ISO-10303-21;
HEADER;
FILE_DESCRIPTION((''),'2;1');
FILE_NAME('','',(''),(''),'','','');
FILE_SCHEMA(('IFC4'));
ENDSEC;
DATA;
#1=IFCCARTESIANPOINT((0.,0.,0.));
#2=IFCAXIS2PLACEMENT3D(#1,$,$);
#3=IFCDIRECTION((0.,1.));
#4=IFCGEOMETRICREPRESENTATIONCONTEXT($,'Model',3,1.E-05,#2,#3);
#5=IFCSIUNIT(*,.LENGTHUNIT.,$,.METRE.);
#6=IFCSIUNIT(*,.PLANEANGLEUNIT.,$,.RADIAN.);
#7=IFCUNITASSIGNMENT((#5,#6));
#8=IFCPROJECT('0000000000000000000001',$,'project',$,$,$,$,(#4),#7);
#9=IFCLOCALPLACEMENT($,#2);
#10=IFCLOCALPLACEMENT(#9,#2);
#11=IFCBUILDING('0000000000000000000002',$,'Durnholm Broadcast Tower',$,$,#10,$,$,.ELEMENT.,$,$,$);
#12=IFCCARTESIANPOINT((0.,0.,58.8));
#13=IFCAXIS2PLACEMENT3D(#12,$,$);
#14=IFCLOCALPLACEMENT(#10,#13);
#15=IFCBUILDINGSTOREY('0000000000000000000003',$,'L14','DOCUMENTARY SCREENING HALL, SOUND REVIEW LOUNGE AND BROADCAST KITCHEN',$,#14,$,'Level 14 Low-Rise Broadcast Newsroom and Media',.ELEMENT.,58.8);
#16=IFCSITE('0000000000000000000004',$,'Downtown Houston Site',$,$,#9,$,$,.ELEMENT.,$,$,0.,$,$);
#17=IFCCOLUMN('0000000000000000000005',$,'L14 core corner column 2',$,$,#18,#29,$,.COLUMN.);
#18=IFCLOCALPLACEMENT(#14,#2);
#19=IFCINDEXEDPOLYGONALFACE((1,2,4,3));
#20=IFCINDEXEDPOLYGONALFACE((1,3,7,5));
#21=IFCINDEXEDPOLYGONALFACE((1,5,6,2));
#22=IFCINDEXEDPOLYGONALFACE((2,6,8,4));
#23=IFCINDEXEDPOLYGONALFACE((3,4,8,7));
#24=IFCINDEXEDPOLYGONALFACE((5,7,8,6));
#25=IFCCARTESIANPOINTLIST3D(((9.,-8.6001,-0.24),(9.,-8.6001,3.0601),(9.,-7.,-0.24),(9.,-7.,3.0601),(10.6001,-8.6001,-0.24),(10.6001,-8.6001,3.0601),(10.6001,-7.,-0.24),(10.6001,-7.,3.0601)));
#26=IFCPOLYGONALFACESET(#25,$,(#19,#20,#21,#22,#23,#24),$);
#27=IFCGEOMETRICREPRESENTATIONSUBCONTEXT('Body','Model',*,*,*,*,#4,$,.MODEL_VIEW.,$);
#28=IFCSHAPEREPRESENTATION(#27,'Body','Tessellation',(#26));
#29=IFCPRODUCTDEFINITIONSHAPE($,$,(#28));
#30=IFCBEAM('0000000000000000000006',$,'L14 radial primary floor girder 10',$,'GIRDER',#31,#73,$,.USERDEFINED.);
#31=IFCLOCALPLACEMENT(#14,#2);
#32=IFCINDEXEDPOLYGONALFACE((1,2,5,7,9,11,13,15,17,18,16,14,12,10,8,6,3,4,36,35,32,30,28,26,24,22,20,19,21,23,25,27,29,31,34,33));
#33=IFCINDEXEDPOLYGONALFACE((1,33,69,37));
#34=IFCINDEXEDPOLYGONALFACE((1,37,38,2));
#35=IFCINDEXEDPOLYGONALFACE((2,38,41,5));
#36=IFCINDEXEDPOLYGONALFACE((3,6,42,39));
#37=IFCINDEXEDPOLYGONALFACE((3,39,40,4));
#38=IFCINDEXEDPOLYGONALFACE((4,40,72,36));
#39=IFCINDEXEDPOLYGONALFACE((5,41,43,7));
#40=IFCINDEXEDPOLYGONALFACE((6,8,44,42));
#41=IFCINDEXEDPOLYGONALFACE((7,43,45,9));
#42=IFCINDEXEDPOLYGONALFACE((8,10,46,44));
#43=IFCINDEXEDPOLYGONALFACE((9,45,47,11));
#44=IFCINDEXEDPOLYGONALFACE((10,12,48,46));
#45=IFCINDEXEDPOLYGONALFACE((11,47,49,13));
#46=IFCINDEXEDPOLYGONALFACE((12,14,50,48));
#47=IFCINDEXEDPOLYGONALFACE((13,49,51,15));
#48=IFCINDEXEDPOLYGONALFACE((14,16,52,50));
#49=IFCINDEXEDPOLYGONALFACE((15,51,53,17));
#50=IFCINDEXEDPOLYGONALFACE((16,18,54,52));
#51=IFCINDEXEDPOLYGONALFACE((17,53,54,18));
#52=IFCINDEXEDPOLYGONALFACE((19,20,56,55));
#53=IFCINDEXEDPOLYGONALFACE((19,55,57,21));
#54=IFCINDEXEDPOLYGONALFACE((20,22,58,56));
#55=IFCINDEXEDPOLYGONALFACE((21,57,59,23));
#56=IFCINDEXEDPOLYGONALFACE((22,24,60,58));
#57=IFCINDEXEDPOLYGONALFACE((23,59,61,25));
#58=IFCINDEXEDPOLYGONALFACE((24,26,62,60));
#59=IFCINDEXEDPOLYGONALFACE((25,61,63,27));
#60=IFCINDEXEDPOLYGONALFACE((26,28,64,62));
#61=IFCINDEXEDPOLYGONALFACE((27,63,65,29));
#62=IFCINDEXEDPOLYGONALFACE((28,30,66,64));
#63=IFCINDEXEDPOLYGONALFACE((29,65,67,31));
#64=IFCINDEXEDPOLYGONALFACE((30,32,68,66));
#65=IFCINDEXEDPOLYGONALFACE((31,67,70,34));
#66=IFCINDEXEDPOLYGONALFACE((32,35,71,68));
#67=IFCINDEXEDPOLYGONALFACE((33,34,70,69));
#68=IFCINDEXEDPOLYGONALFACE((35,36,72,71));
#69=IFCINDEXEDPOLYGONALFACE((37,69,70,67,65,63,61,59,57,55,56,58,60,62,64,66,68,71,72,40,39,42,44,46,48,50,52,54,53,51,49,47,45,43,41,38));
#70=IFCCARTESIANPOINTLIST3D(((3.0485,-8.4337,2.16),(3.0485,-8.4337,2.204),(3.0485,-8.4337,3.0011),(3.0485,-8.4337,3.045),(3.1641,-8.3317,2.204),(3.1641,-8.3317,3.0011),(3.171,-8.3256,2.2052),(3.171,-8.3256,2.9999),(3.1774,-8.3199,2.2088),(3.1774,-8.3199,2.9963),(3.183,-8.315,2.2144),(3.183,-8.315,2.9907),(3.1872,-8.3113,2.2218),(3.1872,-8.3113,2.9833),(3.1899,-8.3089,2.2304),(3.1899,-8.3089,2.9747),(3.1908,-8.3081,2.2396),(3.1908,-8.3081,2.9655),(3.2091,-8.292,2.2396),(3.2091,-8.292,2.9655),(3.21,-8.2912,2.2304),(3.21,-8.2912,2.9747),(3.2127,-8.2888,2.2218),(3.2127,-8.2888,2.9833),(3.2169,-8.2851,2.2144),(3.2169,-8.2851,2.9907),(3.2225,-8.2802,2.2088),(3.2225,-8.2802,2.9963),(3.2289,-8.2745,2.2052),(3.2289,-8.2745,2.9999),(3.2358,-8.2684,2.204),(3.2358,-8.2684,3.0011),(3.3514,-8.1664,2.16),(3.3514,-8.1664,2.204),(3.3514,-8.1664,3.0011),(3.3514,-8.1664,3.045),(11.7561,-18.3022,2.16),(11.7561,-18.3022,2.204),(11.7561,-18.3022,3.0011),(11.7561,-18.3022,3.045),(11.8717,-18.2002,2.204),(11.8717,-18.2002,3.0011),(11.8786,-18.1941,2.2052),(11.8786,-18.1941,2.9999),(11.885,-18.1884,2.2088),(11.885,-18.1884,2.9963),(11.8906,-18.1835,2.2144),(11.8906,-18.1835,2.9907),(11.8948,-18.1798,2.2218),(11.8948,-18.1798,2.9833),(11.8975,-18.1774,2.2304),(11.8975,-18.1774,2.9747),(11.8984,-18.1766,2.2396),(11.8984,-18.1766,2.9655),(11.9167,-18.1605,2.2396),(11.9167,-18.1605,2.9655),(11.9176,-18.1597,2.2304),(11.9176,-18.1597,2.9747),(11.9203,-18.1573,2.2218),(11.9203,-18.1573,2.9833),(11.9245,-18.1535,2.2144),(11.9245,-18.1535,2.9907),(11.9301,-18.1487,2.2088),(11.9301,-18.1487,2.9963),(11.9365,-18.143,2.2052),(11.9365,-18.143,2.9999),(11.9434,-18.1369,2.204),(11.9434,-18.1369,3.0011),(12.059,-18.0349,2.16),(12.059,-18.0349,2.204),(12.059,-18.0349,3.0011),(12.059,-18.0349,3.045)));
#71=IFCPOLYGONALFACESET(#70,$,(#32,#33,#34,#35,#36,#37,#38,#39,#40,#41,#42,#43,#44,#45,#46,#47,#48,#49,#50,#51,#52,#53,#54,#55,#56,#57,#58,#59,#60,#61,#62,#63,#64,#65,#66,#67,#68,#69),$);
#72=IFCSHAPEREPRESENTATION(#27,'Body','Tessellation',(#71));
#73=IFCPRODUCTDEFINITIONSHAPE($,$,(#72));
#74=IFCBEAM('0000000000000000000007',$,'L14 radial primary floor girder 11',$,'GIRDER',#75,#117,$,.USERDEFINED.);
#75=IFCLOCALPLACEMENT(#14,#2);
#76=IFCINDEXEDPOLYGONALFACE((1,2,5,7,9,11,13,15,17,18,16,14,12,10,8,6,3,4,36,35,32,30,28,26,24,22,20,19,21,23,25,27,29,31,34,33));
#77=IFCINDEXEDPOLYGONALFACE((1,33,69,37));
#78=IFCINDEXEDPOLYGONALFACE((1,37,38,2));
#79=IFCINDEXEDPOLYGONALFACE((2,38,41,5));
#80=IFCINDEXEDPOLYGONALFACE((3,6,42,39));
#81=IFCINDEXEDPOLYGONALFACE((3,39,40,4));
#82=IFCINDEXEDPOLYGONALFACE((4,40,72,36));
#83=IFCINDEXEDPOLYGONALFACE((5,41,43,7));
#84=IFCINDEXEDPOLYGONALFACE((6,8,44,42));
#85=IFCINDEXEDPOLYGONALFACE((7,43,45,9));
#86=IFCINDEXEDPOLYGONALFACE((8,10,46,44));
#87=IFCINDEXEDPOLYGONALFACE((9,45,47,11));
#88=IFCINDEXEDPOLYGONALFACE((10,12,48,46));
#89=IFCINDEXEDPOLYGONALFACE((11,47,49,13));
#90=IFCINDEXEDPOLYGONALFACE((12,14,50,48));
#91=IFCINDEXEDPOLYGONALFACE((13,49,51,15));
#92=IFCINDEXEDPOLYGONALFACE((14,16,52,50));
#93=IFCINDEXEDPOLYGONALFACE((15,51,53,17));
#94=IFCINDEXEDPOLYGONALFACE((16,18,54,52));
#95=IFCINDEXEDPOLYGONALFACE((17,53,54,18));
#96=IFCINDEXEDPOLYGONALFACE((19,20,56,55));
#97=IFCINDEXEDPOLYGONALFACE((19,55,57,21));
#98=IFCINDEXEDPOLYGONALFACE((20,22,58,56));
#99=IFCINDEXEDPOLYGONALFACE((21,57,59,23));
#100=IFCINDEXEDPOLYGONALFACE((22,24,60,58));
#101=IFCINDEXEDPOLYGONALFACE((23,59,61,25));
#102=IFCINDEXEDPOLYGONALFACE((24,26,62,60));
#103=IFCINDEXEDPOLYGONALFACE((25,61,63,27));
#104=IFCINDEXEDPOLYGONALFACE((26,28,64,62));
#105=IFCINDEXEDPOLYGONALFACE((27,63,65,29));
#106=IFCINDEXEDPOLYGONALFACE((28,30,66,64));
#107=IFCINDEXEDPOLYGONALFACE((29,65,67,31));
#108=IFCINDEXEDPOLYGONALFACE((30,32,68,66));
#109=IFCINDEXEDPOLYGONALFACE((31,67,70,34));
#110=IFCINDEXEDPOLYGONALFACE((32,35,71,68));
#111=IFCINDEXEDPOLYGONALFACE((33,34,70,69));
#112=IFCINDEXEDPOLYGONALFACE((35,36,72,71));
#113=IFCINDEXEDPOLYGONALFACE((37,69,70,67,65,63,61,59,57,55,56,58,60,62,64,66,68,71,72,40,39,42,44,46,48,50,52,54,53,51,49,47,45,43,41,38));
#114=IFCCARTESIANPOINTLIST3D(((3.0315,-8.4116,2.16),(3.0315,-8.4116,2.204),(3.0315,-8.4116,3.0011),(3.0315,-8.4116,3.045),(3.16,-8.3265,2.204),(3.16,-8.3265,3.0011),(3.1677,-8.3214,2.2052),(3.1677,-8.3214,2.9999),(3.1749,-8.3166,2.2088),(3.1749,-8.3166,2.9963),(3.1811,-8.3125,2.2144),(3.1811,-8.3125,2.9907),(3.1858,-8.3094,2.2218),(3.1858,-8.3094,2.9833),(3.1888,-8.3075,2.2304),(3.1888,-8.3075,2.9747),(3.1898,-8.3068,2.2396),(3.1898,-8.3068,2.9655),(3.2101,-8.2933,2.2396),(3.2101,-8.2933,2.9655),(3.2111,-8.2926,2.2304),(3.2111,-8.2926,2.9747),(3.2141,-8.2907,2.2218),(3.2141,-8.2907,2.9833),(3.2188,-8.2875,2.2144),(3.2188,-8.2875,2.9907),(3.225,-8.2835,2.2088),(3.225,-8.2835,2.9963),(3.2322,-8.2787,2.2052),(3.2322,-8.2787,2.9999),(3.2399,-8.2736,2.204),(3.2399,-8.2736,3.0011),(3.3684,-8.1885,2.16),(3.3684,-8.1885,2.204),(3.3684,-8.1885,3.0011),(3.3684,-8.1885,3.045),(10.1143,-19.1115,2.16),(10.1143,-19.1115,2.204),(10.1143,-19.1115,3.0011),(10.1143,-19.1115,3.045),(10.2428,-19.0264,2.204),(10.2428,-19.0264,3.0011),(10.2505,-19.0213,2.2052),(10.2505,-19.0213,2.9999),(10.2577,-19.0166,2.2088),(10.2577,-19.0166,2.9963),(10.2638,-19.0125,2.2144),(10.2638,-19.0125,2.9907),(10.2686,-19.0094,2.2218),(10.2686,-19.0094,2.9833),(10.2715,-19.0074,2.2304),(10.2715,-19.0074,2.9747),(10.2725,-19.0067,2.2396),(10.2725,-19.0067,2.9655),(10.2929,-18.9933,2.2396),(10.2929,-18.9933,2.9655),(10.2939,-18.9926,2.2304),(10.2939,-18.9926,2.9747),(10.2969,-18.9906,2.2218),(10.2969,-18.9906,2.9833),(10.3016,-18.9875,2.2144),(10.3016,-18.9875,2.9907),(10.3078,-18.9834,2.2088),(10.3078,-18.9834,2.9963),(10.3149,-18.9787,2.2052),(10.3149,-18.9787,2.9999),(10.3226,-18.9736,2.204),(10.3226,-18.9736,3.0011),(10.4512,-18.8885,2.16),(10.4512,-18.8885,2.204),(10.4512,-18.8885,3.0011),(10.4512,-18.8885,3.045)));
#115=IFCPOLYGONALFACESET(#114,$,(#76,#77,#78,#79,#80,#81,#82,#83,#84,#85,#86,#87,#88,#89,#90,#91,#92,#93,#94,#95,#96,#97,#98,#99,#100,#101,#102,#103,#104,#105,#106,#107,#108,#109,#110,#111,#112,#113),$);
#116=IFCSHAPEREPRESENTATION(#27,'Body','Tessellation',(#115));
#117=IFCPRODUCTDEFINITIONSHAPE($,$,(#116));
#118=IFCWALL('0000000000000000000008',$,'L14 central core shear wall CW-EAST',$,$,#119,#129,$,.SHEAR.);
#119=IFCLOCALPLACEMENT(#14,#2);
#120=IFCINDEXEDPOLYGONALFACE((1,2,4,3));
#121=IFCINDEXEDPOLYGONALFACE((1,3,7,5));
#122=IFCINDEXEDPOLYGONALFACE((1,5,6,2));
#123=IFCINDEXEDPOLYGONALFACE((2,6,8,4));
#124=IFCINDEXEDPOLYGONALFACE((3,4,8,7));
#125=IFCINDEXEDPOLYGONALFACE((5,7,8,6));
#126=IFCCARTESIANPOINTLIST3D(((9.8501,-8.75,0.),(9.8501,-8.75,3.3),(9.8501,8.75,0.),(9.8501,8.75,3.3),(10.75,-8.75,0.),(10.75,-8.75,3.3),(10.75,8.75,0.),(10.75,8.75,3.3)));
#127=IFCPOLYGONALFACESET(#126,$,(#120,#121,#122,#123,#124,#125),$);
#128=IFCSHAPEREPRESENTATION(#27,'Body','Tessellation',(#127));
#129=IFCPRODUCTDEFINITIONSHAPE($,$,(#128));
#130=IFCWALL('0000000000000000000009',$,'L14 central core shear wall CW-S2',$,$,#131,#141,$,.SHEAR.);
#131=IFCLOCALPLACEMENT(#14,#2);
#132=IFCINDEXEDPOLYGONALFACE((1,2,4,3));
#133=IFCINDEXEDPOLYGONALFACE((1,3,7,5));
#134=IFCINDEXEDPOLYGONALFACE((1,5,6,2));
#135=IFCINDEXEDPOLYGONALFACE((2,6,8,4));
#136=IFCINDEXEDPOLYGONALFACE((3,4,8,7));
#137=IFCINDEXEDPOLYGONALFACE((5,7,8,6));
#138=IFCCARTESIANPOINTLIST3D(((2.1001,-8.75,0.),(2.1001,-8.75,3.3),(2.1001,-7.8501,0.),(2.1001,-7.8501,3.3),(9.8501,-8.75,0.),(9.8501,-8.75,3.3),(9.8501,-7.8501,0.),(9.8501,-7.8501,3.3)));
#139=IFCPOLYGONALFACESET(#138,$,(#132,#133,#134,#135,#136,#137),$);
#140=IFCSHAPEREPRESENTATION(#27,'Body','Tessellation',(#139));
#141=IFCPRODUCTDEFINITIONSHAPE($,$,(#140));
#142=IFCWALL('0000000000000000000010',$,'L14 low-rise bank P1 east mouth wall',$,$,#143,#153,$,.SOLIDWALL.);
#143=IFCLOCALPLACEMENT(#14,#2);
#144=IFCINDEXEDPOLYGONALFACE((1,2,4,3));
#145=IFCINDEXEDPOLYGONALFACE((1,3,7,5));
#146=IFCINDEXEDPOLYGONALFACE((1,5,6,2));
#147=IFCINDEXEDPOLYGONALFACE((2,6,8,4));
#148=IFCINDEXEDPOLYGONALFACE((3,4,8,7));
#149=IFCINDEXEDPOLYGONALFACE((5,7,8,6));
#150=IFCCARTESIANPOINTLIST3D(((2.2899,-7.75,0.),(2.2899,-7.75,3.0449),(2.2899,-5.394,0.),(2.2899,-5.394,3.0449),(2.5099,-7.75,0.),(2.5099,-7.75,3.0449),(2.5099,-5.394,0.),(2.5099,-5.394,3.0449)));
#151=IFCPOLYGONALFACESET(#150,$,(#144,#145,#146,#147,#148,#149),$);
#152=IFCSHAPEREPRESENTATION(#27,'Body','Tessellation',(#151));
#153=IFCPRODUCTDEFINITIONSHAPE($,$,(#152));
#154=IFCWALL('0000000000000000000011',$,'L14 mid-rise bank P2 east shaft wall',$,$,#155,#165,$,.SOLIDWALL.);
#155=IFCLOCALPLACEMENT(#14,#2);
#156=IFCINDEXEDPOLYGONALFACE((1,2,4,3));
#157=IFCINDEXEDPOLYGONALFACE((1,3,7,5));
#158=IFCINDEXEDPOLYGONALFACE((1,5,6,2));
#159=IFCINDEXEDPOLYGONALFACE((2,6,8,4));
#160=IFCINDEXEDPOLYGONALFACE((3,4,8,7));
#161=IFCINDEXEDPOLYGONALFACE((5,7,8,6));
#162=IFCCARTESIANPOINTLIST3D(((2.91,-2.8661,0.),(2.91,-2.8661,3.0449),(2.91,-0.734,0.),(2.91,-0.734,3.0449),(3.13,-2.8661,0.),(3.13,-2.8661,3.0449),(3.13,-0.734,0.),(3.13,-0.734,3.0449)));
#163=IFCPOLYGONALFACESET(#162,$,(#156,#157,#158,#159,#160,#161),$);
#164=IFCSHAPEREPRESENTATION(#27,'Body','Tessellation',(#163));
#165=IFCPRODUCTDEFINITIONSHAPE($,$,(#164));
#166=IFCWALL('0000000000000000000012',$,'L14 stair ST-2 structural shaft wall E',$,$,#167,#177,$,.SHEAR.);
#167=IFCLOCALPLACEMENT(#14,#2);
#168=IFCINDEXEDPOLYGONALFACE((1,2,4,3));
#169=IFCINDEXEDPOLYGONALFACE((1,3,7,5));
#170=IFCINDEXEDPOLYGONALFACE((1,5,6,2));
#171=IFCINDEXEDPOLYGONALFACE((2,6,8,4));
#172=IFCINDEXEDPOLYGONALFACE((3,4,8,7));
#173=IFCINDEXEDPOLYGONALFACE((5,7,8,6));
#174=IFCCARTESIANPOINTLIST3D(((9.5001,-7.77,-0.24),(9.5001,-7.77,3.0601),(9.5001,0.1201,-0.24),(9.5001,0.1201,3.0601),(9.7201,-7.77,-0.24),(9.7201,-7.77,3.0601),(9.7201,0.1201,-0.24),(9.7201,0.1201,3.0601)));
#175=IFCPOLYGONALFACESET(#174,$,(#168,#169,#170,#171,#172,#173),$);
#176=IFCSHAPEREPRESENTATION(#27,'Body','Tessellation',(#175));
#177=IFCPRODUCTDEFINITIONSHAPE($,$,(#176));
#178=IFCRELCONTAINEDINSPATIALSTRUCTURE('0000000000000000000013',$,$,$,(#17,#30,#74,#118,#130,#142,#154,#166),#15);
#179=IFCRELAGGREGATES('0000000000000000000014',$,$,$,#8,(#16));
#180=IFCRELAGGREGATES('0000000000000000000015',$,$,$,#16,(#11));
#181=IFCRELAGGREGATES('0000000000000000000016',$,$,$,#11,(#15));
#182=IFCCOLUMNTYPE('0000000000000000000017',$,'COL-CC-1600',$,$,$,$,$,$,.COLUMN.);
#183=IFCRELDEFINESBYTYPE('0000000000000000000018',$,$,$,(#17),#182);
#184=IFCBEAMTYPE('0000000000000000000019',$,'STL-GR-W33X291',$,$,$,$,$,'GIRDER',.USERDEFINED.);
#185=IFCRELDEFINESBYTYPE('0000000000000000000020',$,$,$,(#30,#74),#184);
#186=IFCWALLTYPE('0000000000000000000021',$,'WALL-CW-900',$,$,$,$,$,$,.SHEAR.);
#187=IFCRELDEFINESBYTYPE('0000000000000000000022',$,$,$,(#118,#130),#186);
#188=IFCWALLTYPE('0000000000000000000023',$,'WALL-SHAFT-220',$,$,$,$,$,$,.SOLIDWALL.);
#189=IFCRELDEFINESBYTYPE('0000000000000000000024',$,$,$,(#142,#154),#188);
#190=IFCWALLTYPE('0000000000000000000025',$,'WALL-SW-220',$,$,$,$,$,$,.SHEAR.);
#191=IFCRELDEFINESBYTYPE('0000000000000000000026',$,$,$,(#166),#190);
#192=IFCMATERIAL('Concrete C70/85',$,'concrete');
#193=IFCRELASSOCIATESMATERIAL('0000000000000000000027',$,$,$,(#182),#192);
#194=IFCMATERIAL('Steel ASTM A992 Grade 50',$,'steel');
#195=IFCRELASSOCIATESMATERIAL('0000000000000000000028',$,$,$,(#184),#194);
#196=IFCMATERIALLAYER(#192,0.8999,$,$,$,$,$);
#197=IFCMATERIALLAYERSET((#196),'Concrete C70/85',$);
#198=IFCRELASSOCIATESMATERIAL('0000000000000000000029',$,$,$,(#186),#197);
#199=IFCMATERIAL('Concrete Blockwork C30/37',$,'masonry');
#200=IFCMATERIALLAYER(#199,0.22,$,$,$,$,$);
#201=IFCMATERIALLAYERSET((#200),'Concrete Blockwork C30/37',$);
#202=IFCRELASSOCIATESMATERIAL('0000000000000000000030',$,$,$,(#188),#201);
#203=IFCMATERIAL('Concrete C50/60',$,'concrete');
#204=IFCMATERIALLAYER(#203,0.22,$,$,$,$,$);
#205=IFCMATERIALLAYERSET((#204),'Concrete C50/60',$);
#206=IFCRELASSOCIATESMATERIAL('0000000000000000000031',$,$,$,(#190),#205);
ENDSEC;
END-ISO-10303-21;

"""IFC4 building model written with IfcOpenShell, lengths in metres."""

from ifc_helpers import new_model, si_unit, direction, frame, frame_2d, origin, origin_2d, place, context, subcontext, project, spatial, rectangle, i_section, extrude, source, transform, mapped, material, layer, layer_set, material_profile, profile_set, type_object, type_shapes, element, save


model = new_model("IFC4")

# Units and contexts
model_context = context("Model", 3, precision=1e-05, world=origin(), true_north=direction((0.0, 1.0)))
body_context = subcontext(model_context, "Body", "Model", "MODEL_VIEW")
ifc_project = project(units=[si_unit("LENGTHUNIT", "METRE"), si_unit("PLANEANGLEUNIT", "RADIAN")], contexts=[model_context])

# Site, building, storey
site_placement = place(None, origin())
site = spatial("IfcSite", under=ifc_project, at=site_placement, Name="Downtown Houston Site", CompositionType="ELEMENT", RefElevation=0.0)
building_placement = place(site_placement, origin())
building = spatial("IfcBuilding", under=site, at=building_placement, Name="Durnholm Broadcast Tower", CompositionType="ELEMENT")
storey_placement = place(building_placement, frame((0.0, 0.0, 58.8)))
storey = spatial("IfcBuildingStorey", under=building, at=storey_placement, Name="L14", Description="DOCUMENTARY SCREENING HALL, SOUND REVIEW LOUNGE AND BROADCAST KITCHEN", LongName="Level 14 Low-Rise Broadcast Newsroom and Media", CompositionType="ELEMENT", Elevation=58.8)

# Column
ifc_material_1 = material(Name="Concrete C70/85", Category="concrete")
ifc_material_profile_1 = material_profile(ifc_material_1, rectangle(XDim=1.6001, YDim=1.6001, at=origin_2d()), Name="RC1600X1600")
ifc_profile_set_1 = profile_set([ifc_material_profile_1], Name="Concrete C70/85")
column_type = type_object("IfcColumnType", Name="COL-CC-1600", PredefinedType="COLUMN", material=ifc_profile_set_1)
shared_shape_1 = source(origin(), body_context, "Body", "SweptSolid", [
    extrude(rectangle(XDim=1.6001, YDim=1.6001, at=origin_2d()), origin(), (0.0, 0.0, 1.0), 3.3),
])
type_shapes(column_type, [shared_shape_1])
column_placement = place(storey_placement, frame((9.8, -7.8, -0.24), z_axis=(0.0, 0.0, 1.0), x_axis=(1.0, 0.0, 0.0)))
element("IfcColumn", 1, at=column_placement, inside=storey, type_object=column_type, Name="L14 core corner column 2", PredefinedType="COLUMN", context=body_context, shape_type="MappedRepresentation", body=[
    mapped(shared_shape_1, transform((0.0, 0.0, 0.0), x_axis=(1.0, 0.0, 0.0), y_axis=(0.0, 1.0, 0.0), z_axis=(0.0, 0.0, 1.0), scale=1.0)),
])

# Beams
ifc_material_2 = material(Name="Steel ASTM A992 Grade 50", Category="steel")
ifc_material_profile_2 = material_profile(ifc_material_2, i_section(OverallWidth=0.4041, OverallDepth=0.885, WebThickness=0.0244, FlangeThickness=0.0439, FilletRadius=0.0356, at=origin_2d()), Name="W33X291")
ifc_profile_set_2 = profile_set([ifc_material_profile_2], Name="Steel ASTM A992 Grade 50")
beam_type = type_object("IfcBeamType", Name="STL-GR-W33X291", ElementType="GIRDER", PredefinedType="USERDEFINED", material=ifc_profile_set_2)
shared_shape_2 = source(origin(), body_context, "Body", "SweptSolid", [
    extrude(i_section(OverallWidth=0.4041, OverallDepth=0.885, WebThickness=0.0244, FlangeThickness=0.0439, FilletRadius=0.0356, at=origin_2d()), origin(), (0.0, 0.0, 1.0), 13.1609),
])
beam_1_placement = place(storey_placement, frame((3.2, -8.3, 2.6025), z_axis=(0.661626, -0.749834, 0.0), x_axis=(0.749834, 0.661626, 0.0)))
element("IfcBeam", 2, at=beam_1_placement, inside=storey, type_object=beam_type, Name="L14 radial primary floor girder 10", ObjectType="GIRDER", PredefinedType="USERDEFINED", context=body_context, shape_type="MappedRepresentation", body=[
    mapped(shared_shape_2, transform((0.0, 0.0, 0.0), x_axis=(1.0, 0.0, 0.0), y_axis=(0.0, 1.0, 0.0), z_axis=(0.0, 0.0, 1.0), scale=1.0)),
])
shared_shape_3 = source(origin(), body_context, "Body", "SweptSolid", [
    extrude(i_section(OverallWidth=0.4041, OverallDepth=0.885, WebThickness=0.0244, FlangeThickness=0.0439, FilletRadius=0.0356, at=origin_2d()), origin(), (0.0, 0.0, 1.0), 12.8318),
])
type_shapes(beam_type, [shared_shape_2, shared_shape_3])
beam_2_placement = place(storey_placement, frame((3.2, -8.3, 2.6025), z_axis=(0.551971, -0.833864, 0.0), x_axis=(0.833864, 0.551971, 0.0)))
element("IfcBeam", 3, at=beam_2_placement, inside=storey, type_object=beam_type, Name="L14 radial primary floor girder 11", ObjectType="GIRDER", PredefinedType="USERDEFINED", context=body_context, shape_type="MappedRepresentation", body=[
    mapped(shared_shape_3, transform((0.0, 0.0, 0.0), x_axis=(1.0, 0.0, 0.0), y_axis=(0.0, 1.0, 0.0), z_axis=(0.0, 0.0, 1.0), scale=1.0)),
])

# Walls
ifc_layer_1 = layer(ifc_material_1, 0.8999)
ifc_layer_set_1 = layer_set([ifc_layer_1], Name="Concrete C70/85")
wall_type_1 = type_object("IfcWallType", Name="WALL-CW-900", PredefinedType="SHEAR", material=ifc_layer_set_1)
wall_1_placement = place(storey_placement, frame((10.3, -8.75, 0.0), z_axis=(0.0, 0.0, 1.0), x_axis=(0.0, 1.0, 0.0)))
element("IfcWall", 4, at=wall_1_placement, inside=storey, type_object=wall_type_1, Name="L14 central core shear wall CW-EAST", PredefinedType="SHEAR", context=body_context, shape_type="SweptSolid", body=[
    extrude(rectangle(XDim=17.5, YDim=0.8999, at=frame_2d((8.75, 0.0))), origin(), (0.0, 0.0, 1.0), 3.3),
])
wall_2_placement = place(storey_placement, frame((2.1001, -8.3, 0.0), z_axis=(0.0, 0.0, 1.0), x_axis=(1.0, 0.0, 0.0)))
element("IfcWall", 5, at=wall_2_placement, inside=storey, type_object=wall_type_1, Name="L14 central core shear wall CW-S2", PredefinedType="SHEAR", context=body_context, shape_type="SweptSolid", body=[
    extrude(rectangle(XDim=7.75, YDim=0.8999, at=frame_2d((3.875, 0.0))), origin(), (0.0, 0.0, 1.0), 3.3),
])

# Shared definitions
ifc_material_3 = material(Name="Concrete Blockwork C30/37", Category="masonry")
ifc_layer_2 = layer(ifc_material_3, 0.22)
ifc_layer_set_2 = layer_set([ifc_layer_2], Name="Concrete Blockwork C30/37")
wall_type_2 = type_object("IfcWallType", Name="WALL-SHAFT-220", PredefinedType="SOLIDWALL", material=ifc_layer_set_2)

# Walls
wall_3_placement = place(storey_placement, frame((2.3999, -7.75, 0.0), z_axis=(0.0, 0.0, 1.0), x_axis=(0.0, 1.0, 0.0)))
element("IfcWall", 6, at=wall_3_placement, inside=storey, type_object=wall_type_2, Name="L14 low-rise bank P1 east mouth wall", PredefinedType="SOLIDWALL", context=body_context, shape_type="SweptSolid", body=[
    extrude(rectangle(XDim=2.356, YDim=0.22, at=frame_2d((1.178, 0.0))), origin(), (0.0, 0.0, 1.0), 3.0449),
])
wall_4_placement = place(storey_placement, frame((3.02, -2.866, 0.0), z_axis=(0.0, 0.0, 1.0), x_axis=(0.0, 1.0, 0.0)))
element("IfcWall", 7, at=wall_4_placement, inside=storey, type_object=wall_type_2, Name="L14 mid-rise bank P2 east shaft wall", PredefinedType="SOLIDWALL", context=body_context, shape_type="SweptSolid", body=[
    extrude(rectangle(XDim=2.1321, YDim=0.22, at=frame_2d((1.0659, 0.0))), origin(), (0.0, 0.0, 1.0), 3.0449),
])
ifc_material_4 = material(Name="Concrete C50/60", Category="concrete")
ifc_layer_3 = layer(ifc_material_4, 0.22)
ifc_layer_set_3 = layer_set([ifc_layer_3], Name="Concrete C50/60")
wall_type_3 = type_object("IfcWallType", Name="WALL-SW-220", PredefinedType="SHEAR", material=ifc_layer_set_3)
wall_5_placement = place(storey_placement, frame((9.6101, -7.77, -0.24), z_axis=(0.0, 0.0, 1.0), x_axis=(0.0, 1.0, 0.0)))
element("IfcWall", 8, at=wall_5_placement, inside=storey, type_object=wall_type_3, Name="L14 stair ST-2 structural shaft wall E", PredefinedType="SHEAR", context=body_context, shape_type="SweptSolid", body=[
    extrude(rectangle(XDim=7.8901, YDim=0.22, at=frame_2d((3.9451, 0.0))), origin(), (0.0, 0.0, 1.0), 3.3),
])

save(model, "model.ifc")
